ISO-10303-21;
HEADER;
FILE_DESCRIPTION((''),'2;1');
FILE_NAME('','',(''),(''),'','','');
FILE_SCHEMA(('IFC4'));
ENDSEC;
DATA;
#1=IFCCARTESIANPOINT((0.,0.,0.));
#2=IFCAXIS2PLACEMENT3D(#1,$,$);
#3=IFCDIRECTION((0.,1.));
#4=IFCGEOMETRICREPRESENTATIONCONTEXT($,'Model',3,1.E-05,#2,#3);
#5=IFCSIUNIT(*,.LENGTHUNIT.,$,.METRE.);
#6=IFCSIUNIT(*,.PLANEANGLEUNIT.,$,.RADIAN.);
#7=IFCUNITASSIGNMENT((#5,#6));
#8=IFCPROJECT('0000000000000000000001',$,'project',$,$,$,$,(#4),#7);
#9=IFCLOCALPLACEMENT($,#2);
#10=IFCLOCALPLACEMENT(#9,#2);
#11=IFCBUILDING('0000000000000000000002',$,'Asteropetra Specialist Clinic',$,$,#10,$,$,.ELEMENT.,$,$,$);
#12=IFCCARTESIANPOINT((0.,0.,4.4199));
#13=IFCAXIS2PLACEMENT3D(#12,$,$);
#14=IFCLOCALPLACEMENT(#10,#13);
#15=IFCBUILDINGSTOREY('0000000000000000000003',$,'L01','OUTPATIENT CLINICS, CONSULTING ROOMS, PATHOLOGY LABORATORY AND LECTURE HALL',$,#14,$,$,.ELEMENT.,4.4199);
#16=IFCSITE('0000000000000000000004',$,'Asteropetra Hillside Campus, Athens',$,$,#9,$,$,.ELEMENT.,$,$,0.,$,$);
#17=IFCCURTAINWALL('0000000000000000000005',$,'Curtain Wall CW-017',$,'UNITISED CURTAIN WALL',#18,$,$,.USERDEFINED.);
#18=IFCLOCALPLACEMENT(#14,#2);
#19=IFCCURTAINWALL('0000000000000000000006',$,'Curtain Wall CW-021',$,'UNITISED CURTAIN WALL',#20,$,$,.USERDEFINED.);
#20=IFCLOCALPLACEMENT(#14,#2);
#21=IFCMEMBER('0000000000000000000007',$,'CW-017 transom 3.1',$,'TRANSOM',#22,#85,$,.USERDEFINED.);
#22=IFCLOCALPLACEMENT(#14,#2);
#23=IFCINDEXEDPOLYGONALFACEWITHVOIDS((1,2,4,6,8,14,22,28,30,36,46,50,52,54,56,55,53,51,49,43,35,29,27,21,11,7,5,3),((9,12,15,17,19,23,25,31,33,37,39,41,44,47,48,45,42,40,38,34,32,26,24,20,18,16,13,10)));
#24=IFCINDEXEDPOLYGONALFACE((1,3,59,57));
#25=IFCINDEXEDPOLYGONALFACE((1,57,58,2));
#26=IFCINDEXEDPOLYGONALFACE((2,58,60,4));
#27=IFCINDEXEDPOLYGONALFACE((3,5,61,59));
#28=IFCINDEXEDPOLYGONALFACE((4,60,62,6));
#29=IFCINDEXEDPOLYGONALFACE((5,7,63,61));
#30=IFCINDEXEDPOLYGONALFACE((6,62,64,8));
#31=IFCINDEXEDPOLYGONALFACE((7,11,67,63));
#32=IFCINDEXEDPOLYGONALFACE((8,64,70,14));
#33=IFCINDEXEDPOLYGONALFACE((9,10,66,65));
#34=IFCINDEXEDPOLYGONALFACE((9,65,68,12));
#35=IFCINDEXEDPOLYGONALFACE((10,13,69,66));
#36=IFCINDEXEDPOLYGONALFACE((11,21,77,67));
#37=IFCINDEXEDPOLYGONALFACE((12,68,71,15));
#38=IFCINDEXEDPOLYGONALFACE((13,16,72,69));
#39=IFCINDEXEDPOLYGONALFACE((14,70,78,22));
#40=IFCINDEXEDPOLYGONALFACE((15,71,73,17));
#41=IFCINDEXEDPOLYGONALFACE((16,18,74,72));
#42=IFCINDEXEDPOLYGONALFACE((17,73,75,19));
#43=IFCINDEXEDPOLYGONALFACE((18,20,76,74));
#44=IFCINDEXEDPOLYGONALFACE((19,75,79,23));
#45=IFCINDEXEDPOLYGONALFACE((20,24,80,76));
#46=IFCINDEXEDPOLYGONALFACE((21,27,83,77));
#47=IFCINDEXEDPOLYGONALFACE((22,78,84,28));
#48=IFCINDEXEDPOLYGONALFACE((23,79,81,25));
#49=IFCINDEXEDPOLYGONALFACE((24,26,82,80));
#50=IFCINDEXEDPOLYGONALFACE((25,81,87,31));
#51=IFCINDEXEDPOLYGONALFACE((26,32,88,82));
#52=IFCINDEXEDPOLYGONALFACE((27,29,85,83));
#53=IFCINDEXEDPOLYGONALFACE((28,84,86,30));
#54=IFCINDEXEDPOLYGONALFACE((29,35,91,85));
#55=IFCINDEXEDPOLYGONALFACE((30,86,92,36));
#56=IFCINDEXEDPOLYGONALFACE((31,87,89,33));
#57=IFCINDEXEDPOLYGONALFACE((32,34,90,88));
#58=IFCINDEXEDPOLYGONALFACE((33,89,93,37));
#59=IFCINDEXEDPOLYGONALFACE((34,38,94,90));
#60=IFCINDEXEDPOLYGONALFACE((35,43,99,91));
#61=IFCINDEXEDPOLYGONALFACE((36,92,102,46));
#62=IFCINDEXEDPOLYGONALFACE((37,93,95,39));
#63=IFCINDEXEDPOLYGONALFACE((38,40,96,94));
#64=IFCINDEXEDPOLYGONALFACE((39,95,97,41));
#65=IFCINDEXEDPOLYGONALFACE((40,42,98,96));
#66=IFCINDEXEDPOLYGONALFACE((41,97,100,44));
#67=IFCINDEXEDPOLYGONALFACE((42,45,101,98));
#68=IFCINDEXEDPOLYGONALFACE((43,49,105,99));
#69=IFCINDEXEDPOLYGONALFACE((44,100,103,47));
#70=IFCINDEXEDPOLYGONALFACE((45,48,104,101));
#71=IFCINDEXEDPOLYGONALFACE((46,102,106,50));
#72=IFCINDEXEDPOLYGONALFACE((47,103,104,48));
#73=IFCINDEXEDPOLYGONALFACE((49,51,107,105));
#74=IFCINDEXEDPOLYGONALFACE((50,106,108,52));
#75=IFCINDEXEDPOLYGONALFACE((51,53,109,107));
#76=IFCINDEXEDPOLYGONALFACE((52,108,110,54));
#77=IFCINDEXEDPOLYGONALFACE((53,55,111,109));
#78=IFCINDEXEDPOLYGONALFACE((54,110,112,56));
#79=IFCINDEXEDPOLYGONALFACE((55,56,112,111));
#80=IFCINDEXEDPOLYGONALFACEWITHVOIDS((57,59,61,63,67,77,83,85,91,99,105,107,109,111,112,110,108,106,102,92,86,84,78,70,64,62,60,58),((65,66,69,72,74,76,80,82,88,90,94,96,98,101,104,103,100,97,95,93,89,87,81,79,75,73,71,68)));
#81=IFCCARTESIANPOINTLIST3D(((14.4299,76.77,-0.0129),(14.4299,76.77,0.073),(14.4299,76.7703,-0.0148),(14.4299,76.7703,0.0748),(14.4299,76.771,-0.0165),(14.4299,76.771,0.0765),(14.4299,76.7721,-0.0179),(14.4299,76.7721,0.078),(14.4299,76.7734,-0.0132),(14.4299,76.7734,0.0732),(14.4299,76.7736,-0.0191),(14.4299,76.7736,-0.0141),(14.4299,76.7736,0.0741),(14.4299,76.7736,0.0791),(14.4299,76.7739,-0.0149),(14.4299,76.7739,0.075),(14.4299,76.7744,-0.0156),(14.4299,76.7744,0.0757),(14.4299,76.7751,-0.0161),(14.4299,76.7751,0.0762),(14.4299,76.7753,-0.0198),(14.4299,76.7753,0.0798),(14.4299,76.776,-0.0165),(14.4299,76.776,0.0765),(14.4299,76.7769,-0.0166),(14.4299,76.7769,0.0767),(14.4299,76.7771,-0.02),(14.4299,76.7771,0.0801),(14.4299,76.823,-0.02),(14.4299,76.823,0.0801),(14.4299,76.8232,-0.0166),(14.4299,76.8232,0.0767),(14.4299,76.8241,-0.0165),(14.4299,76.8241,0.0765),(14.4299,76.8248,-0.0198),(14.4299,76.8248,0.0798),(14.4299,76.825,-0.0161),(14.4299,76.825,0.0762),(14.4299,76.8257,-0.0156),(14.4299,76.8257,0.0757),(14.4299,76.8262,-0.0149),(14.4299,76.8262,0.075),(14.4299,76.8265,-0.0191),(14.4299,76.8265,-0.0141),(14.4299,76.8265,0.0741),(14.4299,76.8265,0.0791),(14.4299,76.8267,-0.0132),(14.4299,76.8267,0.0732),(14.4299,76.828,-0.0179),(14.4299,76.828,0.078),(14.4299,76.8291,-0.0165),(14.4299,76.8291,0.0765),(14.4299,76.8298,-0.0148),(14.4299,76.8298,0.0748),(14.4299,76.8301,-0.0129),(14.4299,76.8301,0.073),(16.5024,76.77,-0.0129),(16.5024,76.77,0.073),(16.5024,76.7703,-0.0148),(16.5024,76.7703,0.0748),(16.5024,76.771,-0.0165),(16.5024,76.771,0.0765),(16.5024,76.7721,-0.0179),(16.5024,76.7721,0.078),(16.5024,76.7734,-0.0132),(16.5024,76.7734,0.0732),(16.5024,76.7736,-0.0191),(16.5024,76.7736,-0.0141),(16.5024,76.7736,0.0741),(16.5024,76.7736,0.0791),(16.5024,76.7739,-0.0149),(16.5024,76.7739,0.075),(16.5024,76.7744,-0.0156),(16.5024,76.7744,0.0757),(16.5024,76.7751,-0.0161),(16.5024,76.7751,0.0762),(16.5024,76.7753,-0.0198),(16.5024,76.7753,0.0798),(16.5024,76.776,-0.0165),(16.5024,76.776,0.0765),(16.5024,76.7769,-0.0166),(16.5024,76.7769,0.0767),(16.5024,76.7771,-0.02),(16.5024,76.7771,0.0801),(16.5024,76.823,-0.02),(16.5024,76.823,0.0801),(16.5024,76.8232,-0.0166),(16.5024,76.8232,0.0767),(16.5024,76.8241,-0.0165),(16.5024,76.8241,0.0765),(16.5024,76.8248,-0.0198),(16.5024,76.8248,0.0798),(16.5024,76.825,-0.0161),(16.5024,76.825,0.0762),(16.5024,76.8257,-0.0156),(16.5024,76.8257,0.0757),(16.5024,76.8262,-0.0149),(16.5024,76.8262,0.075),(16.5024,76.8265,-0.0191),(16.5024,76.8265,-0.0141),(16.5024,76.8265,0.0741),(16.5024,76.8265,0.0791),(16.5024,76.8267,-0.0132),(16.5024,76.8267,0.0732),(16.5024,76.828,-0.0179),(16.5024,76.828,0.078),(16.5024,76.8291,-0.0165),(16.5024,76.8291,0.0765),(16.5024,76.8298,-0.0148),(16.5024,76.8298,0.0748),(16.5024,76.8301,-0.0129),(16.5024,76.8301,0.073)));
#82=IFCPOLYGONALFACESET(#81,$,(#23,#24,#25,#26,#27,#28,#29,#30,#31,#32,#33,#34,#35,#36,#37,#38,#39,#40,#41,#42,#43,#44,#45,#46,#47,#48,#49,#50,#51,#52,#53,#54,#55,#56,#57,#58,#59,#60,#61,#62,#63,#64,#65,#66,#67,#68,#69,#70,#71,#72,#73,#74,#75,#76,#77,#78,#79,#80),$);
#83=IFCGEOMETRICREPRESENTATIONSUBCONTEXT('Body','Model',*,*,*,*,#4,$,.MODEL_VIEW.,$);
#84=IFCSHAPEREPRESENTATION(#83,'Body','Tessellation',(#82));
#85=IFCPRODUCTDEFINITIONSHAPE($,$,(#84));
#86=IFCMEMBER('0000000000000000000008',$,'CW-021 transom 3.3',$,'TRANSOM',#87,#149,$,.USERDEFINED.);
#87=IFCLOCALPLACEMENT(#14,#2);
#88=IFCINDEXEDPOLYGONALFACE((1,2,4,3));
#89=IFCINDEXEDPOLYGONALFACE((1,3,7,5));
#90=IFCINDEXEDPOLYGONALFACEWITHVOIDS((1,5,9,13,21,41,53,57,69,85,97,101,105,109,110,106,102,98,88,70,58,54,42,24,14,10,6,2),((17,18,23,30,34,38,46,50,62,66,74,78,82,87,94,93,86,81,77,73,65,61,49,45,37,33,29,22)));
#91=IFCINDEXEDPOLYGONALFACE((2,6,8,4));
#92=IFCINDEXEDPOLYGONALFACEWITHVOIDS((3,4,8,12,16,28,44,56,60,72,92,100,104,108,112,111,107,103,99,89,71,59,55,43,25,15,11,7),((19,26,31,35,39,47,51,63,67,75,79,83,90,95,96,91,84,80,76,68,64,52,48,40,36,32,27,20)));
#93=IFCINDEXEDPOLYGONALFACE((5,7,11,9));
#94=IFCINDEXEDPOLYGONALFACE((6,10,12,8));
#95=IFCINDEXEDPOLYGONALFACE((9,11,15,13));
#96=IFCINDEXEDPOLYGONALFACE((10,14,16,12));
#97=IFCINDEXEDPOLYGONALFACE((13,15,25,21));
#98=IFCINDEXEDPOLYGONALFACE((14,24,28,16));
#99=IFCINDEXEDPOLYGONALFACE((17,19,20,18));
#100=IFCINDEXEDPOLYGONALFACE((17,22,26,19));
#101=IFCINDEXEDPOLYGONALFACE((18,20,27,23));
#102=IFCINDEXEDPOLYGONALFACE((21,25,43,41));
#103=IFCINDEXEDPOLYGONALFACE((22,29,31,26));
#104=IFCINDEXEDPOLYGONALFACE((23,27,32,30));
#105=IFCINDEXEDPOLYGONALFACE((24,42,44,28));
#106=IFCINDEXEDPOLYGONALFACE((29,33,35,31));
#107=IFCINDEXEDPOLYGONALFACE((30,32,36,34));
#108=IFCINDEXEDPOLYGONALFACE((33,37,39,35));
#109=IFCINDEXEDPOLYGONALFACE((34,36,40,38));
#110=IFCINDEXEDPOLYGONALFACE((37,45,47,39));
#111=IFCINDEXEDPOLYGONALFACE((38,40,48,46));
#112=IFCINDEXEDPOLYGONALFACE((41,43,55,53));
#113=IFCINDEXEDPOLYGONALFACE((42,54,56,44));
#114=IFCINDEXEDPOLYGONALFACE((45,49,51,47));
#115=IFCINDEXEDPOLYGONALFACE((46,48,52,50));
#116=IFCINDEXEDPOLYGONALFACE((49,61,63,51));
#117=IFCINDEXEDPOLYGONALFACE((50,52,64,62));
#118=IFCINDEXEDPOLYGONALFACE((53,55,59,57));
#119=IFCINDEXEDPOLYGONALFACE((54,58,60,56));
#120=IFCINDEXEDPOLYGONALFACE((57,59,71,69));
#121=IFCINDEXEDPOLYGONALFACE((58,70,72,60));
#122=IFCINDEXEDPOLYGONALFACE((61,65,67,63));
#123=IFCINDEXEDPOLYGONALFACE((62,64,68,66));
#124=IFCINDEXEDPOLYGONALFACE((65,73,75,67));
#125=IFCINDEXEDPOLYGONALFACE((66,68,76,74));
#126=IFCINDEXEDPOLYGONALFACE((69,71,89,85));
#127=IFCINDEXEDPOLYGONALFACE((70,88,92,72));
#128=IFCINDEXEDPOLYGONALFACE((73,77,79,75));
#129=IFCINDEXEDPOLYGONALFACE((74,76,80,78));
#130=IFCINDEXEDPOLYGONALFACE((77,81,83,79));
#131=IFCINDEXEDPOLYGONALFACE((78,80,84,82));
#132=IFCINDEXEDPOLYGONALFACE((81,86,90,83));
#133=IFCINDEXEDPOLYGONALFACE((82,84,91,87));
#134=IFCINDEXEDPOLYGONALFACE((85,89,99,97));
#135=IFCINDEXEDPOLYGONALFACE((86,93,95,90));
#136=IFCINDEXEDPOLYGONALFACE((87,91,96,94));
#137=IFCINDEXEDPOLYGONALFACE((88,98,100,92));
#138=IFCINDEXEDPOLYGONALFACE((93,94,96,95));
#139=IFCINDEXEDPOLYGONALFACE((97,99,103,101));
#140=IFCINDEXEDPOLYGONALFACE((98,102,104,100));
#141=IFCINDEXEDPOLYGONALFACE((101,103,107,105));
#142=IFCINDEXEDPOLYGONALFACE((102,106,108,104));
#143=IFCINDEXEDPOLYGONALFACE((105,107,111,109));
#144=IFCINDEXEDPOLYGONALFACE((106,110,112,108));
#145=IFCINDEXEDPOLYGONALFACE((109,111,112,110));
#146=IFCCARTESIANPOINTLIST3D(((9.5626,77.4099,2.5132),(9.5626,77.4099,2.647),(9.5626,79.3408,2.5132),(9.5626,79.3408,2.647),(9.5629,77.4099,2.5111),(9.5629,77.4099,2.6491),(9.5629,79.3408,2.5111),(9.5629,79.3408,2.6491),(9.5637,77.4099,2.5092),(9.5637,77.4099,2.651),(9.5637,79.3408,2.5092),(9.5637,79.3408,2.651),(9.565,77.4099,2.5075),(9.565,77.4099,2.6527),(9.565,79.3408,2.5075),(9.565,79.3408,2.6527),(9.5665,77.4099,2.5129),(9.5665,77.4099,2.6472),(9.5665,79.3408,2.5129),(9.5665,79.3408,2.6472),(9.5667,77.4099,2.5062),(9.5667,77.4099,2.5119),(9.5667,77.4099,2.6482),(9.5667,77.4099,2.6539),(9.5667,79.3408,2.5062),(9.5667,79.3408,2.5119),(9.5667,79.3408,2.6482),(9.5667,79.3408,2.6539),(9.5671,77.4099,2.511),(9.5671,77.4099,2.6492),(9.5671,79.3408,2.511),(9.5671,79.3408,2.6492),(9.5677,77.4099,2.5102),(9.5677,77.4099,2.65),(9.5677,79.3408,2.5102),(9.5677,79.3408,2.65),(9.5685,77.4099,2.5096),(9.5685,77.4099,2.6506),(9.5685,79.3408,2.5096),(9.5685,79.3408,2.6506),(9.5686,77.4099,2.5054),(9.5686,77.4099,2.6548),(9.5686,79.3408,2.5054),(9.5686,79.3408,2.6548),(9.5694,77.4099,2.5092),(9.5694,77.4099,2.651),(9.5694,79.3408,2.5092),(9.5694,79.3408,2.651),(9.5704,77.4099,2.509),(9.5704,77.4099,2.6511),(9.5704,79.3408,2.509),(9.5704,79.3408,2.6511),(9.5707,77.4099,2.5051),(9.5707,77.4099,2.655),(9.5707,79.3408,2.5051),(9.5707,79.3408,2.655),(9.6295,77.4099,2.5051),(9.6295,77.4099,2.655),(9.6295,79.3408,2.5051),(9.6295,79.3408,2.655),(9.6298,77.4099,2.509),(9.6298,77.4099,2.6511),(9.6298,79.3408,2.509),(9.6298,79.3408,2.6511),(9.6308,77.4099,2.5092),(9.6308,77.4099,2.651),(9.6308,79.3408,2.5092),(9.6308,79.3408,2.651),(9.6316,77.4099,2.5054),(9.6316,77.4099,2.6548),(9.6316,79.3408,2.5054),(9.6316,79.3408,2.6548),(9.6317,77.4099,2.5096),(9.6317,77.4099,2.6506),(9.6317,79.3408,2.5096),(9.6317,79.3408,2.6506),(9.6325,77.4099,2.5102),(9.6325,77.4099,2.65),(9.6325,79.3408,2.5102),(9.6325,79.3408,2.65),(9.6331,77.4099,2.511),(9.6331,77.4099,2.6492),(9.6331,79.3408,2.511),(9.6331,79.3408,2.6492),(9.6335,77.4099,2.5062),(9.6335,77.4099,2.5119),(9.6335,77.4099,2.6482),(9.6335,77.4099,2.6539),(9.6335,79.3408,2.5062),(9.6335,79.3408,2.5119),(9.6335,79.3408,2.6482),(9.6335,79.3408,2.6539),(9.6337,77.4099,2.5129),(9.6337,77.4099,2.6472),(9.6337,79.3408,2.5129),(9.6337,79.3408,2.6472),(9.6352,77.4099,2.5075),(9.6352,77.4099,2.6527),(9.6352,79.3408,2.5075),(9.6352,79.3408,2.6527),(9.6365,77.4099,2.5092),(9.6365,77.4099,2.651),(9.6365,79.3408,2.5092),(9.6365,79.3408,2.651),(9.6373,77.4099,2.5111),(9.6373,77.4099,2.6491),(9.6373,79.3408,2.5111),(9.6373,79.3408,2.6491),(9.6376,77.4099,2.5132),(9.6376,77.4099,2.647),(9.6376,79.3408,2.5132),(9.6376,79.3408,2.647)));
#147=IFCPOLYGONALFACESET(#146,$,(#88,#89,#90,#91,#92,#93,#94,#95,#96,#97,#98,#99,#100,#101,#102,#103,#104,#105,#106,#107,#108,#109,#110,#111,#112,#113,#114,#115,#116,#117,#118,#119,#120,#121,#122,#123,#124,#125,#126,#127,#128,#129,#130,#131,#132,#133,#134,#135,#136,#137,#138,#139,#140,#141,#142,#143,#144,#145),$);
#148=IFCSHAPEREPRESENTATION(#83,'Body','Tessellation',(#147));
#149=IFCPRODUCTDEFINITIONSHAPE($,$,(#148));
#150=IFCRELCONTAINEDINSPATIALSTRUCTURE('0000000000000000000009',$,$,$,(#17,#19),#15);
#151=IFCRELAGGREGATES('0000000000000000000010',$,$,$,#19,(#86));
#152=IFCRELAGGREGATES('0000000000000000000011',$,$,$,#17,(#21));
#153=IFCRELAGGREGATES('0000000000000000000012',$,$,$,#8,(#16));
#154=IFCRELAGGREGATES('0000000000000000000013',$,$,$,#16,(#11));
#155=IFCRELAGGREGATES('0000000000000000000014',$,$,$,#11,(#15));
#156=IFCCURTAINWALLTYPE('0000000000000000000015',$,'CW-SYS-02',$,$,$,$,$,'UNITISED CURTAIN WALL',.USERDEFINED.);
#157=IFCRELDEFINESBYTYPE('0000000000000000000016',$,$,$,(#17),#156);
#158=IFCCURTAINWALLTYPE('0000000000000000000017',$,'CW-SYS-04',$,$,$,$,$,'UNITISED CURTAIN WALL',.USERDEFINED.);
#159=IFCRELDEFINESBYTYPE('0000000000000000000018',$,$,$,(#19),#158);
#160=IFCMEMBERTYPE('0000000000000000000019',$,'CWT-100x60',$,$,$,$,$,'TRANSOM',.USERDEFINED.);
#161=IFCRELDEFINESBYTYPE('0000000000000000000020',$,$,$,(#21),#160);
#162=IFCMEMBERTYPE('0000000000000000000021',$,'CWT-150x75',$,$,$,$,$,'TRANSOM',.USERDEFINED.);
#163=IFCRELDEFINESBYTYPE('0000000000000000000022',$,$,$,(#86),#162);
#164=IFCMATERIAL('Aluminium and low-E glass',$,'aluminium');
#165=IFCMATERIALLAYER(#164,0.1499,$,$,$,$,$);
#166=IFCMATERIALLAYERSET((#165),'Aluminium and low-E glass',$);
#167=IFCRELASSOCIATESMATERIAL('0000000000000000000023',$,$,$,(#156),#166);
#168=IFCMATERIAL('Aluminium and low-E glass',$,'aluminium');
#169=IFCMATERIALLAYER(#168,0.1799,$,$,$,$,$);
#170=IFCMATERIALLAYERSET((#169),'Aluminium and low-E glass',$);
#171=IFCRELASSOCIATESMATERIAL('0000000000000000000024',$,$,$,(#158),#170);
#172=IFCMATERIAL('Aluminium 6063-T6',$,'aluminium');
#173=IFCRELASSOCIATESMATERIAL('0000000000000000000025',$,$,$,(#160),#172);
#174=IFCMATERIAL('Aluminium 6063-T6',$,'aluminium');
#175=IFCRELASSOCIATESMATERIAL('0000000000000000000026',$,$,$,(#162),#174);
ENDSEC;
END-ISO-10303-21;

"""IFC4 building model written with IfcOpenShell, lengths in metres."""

from ifc_helpers import new_model, si_unit, direction, frame, origin, origin_2d, place, context, subcontext, project, spatial, hollow_rectangle, extrude, material, layer, layer_set, material_profile, profile_set, type_object, element, aggregate, save


model = new_model("IFC4")

# Units and contexts
model_context = context("Model", 3, precision=1e-05, world=origin(), true_north=direction((0.0, 1.0)))
body_context = subcontext(model_context, "Body", "Model", "MODEL_VIEW")
ifc_project = project(units=[si_unit("LENGTHUNIT", "METRE"), si_unit("PLANEANGLEUNIT", "RADIAN")], contexts=[model_context])

# Site, building, storey
site_placement = place(None, origin())
site = spatial("IfcSite", under=ifc_project, at=site_placement, Name="Asteropetra Hillside Campus, Athens", CompositionType="ELEMENT", RefElevation=0.0)
building_placement = place(site_placement, origin())
building = spatial("IfcBuilding", under=site, at=building_placement, Name="Asteropetra Specialist Clinic", CompositionType="ELEMENT")
storey_placement = place(building_placement, frame((0.0, 0.0, 4.4199)))
storey = spatial("IfcBuildingStorey", under=building, at=storey_placement, Name="L01", Description="OUTPATIENT CLINICS, CONSULTING ROOMS, PATHOLOGY LABORATORY AND LECTURE HALL", CompositionType="ELEMENT", Elevation=4.4199)

# Curtain wall
ifc_material_1 = material(Name="Aluminium and low-E glass", Category="aluminium")
ifc_layer_1 = layer(ifc_material_1, 0.1499)
ifc_layer_set_1 = layer_set([ifc_layer_1], Name="Aluminium and low-E glass")
curtain_wall_type_1 = type_object("IfcCurtainWallType", Name="CW-SYS-02", ElementType="UNITISED CURTAIN WALL", PredefinedType="USERDEFINED", material=ifc_layer_set_1)
curtain_wall_1_placement = place(storey_placement, origin())
curtain_wall_1 = element("IfcCurtainWall", 1, at=curtain_wall_1_placement, inside=storey, type_object=curtain_wall_type_1, Name="Curtain Wall CW-017", ObjectType="UNITISED CURTAIN WALL", PredefinedType="USERDEFINED")

# Curtain wall
ifc_material_2 = material(Name="Aluminium and low-E glass", Category="aluminium")
ifc_layer_2 = layer(ifc_material_2, 0.1799)
ifc_layer_set_2 = layer_set([ifc_layer_2], Name="Aluminium and low-E glass")
curtain_wall_type_2 = type_object("IfcCurtainWallType", Name="CW-SYS-04", ElementType="UNITISED CURTAIN WALL", PredefinedType="USERDEFINED", material=ifc_layer_set_2)
curtain_wall_2_placement = place(storey_placement, origin())
curtain_wall_2 = element("IfcCurtainWall", 2, at=curtain_wall_2_placement, inside=storey, type_object=curtain_wall_type_2, Name="Curtain Wall CW-021", ObjectType="UNITISED CURTAIN WALL", PredefinedType="USERDEFINED")

# Members
ifc_material_3 = material(Name="Aluminium 6063-T6", Category="aluminium")
ifc_material_profile_1 = material_profile(ifc_material_3, hollow_rectangle(XDim=0.0601, YDim=0.1001, WallThickness=0.0034, InnerFilletRadius=0.0034, OuterFilletRadius=0.0071, at=origin_2d()), Name="TRN 100x60x3.5")
ifc_profile_set_1 = profile_set([ifc_material_profile_1], Name="Aluminium 6063-T6")
member_type_1 = type_object("IfcMemberType", Name="CWT-100x60", ElementType="TRANSOM", PredefinedType="USERDEFINED", material=ifc_profile_set_1)
member_1_placement = place(storey_placement, frame((14.4299, 76.8, 0.03), z_axis=(1.0, 0.0, 0.0), x_axis=(0.0, 1.0, 0.0)))
member_1 = element("IfcMember", 3, at=member_1_placement, type_object=member_type_1, Name="CW-017 transom 3.1", ObjectType="TRANSOM", PredefinedType="USERDEFINED", context=body_context, shape_type="SweptSolid", body=[
    extrude(hollow_rectangle(XDim=0.0601, YDim=0.1001, WallThickness=0.0034, InnerFilletRadius=0.0034, OuterFilletRadius=0.0071, at=origin_2d()), origin(), (0.0, 0.0, 1.0), 2.0725),
])
ifc_material_4 = material(Name="Aluminium 6063-T6", Category="aluminium")
ifc_material_profile_2 = material_profile(ifc_material_4, hollow_rectangle(XDim=0.075, YDim=0.1499, WallThickness=0.0039, InnerFilletRadius=0.0039, OuterFilletRadius=0.0081, at=origin_2d()), Name="TRN 150x75x4.0")
ifc_profile_set_2 = profile_set([ifc_material_profile_2], Name="Aluminium 6063-T6")
member_type_2 = type_object("IfcMemberType", Name="CWT-150x75", ElementType="TRANSOM", PredefinedType="USERDEFINED", material=ifc_profile_set_2)
member_2_placement = place(storey_placement, frame((9.6001, 79.3408, 2.5801), z_axis=(0.0, -1.0, 0.0), x_axis=(1.0, 0.0, 0.0)))
member_2 = element("IfcMember", 4, at=member_2_placement, type_object=member_type_2, Name="CW-021 transom 3.3", ObjectType="TRANSOM", PredefinedType="USERDEFINED", context=body_context, shape_type="SweptSolid", body=[
    extrude(hollow_rectangle(XDim=0.075, YDim=0.1499, WallThickness=0.0039, InnerFilletRadius=0.0039, OuterFilletRadius=0.0081, at=origin_2d()), origin(), (0.0, 0.0, 1.0), 1.9309),
])
aggregate(curtain_wall_2, [member_2])

aggregate(curtain_wall_1, [member_1])

save(model, "model.ifc")
